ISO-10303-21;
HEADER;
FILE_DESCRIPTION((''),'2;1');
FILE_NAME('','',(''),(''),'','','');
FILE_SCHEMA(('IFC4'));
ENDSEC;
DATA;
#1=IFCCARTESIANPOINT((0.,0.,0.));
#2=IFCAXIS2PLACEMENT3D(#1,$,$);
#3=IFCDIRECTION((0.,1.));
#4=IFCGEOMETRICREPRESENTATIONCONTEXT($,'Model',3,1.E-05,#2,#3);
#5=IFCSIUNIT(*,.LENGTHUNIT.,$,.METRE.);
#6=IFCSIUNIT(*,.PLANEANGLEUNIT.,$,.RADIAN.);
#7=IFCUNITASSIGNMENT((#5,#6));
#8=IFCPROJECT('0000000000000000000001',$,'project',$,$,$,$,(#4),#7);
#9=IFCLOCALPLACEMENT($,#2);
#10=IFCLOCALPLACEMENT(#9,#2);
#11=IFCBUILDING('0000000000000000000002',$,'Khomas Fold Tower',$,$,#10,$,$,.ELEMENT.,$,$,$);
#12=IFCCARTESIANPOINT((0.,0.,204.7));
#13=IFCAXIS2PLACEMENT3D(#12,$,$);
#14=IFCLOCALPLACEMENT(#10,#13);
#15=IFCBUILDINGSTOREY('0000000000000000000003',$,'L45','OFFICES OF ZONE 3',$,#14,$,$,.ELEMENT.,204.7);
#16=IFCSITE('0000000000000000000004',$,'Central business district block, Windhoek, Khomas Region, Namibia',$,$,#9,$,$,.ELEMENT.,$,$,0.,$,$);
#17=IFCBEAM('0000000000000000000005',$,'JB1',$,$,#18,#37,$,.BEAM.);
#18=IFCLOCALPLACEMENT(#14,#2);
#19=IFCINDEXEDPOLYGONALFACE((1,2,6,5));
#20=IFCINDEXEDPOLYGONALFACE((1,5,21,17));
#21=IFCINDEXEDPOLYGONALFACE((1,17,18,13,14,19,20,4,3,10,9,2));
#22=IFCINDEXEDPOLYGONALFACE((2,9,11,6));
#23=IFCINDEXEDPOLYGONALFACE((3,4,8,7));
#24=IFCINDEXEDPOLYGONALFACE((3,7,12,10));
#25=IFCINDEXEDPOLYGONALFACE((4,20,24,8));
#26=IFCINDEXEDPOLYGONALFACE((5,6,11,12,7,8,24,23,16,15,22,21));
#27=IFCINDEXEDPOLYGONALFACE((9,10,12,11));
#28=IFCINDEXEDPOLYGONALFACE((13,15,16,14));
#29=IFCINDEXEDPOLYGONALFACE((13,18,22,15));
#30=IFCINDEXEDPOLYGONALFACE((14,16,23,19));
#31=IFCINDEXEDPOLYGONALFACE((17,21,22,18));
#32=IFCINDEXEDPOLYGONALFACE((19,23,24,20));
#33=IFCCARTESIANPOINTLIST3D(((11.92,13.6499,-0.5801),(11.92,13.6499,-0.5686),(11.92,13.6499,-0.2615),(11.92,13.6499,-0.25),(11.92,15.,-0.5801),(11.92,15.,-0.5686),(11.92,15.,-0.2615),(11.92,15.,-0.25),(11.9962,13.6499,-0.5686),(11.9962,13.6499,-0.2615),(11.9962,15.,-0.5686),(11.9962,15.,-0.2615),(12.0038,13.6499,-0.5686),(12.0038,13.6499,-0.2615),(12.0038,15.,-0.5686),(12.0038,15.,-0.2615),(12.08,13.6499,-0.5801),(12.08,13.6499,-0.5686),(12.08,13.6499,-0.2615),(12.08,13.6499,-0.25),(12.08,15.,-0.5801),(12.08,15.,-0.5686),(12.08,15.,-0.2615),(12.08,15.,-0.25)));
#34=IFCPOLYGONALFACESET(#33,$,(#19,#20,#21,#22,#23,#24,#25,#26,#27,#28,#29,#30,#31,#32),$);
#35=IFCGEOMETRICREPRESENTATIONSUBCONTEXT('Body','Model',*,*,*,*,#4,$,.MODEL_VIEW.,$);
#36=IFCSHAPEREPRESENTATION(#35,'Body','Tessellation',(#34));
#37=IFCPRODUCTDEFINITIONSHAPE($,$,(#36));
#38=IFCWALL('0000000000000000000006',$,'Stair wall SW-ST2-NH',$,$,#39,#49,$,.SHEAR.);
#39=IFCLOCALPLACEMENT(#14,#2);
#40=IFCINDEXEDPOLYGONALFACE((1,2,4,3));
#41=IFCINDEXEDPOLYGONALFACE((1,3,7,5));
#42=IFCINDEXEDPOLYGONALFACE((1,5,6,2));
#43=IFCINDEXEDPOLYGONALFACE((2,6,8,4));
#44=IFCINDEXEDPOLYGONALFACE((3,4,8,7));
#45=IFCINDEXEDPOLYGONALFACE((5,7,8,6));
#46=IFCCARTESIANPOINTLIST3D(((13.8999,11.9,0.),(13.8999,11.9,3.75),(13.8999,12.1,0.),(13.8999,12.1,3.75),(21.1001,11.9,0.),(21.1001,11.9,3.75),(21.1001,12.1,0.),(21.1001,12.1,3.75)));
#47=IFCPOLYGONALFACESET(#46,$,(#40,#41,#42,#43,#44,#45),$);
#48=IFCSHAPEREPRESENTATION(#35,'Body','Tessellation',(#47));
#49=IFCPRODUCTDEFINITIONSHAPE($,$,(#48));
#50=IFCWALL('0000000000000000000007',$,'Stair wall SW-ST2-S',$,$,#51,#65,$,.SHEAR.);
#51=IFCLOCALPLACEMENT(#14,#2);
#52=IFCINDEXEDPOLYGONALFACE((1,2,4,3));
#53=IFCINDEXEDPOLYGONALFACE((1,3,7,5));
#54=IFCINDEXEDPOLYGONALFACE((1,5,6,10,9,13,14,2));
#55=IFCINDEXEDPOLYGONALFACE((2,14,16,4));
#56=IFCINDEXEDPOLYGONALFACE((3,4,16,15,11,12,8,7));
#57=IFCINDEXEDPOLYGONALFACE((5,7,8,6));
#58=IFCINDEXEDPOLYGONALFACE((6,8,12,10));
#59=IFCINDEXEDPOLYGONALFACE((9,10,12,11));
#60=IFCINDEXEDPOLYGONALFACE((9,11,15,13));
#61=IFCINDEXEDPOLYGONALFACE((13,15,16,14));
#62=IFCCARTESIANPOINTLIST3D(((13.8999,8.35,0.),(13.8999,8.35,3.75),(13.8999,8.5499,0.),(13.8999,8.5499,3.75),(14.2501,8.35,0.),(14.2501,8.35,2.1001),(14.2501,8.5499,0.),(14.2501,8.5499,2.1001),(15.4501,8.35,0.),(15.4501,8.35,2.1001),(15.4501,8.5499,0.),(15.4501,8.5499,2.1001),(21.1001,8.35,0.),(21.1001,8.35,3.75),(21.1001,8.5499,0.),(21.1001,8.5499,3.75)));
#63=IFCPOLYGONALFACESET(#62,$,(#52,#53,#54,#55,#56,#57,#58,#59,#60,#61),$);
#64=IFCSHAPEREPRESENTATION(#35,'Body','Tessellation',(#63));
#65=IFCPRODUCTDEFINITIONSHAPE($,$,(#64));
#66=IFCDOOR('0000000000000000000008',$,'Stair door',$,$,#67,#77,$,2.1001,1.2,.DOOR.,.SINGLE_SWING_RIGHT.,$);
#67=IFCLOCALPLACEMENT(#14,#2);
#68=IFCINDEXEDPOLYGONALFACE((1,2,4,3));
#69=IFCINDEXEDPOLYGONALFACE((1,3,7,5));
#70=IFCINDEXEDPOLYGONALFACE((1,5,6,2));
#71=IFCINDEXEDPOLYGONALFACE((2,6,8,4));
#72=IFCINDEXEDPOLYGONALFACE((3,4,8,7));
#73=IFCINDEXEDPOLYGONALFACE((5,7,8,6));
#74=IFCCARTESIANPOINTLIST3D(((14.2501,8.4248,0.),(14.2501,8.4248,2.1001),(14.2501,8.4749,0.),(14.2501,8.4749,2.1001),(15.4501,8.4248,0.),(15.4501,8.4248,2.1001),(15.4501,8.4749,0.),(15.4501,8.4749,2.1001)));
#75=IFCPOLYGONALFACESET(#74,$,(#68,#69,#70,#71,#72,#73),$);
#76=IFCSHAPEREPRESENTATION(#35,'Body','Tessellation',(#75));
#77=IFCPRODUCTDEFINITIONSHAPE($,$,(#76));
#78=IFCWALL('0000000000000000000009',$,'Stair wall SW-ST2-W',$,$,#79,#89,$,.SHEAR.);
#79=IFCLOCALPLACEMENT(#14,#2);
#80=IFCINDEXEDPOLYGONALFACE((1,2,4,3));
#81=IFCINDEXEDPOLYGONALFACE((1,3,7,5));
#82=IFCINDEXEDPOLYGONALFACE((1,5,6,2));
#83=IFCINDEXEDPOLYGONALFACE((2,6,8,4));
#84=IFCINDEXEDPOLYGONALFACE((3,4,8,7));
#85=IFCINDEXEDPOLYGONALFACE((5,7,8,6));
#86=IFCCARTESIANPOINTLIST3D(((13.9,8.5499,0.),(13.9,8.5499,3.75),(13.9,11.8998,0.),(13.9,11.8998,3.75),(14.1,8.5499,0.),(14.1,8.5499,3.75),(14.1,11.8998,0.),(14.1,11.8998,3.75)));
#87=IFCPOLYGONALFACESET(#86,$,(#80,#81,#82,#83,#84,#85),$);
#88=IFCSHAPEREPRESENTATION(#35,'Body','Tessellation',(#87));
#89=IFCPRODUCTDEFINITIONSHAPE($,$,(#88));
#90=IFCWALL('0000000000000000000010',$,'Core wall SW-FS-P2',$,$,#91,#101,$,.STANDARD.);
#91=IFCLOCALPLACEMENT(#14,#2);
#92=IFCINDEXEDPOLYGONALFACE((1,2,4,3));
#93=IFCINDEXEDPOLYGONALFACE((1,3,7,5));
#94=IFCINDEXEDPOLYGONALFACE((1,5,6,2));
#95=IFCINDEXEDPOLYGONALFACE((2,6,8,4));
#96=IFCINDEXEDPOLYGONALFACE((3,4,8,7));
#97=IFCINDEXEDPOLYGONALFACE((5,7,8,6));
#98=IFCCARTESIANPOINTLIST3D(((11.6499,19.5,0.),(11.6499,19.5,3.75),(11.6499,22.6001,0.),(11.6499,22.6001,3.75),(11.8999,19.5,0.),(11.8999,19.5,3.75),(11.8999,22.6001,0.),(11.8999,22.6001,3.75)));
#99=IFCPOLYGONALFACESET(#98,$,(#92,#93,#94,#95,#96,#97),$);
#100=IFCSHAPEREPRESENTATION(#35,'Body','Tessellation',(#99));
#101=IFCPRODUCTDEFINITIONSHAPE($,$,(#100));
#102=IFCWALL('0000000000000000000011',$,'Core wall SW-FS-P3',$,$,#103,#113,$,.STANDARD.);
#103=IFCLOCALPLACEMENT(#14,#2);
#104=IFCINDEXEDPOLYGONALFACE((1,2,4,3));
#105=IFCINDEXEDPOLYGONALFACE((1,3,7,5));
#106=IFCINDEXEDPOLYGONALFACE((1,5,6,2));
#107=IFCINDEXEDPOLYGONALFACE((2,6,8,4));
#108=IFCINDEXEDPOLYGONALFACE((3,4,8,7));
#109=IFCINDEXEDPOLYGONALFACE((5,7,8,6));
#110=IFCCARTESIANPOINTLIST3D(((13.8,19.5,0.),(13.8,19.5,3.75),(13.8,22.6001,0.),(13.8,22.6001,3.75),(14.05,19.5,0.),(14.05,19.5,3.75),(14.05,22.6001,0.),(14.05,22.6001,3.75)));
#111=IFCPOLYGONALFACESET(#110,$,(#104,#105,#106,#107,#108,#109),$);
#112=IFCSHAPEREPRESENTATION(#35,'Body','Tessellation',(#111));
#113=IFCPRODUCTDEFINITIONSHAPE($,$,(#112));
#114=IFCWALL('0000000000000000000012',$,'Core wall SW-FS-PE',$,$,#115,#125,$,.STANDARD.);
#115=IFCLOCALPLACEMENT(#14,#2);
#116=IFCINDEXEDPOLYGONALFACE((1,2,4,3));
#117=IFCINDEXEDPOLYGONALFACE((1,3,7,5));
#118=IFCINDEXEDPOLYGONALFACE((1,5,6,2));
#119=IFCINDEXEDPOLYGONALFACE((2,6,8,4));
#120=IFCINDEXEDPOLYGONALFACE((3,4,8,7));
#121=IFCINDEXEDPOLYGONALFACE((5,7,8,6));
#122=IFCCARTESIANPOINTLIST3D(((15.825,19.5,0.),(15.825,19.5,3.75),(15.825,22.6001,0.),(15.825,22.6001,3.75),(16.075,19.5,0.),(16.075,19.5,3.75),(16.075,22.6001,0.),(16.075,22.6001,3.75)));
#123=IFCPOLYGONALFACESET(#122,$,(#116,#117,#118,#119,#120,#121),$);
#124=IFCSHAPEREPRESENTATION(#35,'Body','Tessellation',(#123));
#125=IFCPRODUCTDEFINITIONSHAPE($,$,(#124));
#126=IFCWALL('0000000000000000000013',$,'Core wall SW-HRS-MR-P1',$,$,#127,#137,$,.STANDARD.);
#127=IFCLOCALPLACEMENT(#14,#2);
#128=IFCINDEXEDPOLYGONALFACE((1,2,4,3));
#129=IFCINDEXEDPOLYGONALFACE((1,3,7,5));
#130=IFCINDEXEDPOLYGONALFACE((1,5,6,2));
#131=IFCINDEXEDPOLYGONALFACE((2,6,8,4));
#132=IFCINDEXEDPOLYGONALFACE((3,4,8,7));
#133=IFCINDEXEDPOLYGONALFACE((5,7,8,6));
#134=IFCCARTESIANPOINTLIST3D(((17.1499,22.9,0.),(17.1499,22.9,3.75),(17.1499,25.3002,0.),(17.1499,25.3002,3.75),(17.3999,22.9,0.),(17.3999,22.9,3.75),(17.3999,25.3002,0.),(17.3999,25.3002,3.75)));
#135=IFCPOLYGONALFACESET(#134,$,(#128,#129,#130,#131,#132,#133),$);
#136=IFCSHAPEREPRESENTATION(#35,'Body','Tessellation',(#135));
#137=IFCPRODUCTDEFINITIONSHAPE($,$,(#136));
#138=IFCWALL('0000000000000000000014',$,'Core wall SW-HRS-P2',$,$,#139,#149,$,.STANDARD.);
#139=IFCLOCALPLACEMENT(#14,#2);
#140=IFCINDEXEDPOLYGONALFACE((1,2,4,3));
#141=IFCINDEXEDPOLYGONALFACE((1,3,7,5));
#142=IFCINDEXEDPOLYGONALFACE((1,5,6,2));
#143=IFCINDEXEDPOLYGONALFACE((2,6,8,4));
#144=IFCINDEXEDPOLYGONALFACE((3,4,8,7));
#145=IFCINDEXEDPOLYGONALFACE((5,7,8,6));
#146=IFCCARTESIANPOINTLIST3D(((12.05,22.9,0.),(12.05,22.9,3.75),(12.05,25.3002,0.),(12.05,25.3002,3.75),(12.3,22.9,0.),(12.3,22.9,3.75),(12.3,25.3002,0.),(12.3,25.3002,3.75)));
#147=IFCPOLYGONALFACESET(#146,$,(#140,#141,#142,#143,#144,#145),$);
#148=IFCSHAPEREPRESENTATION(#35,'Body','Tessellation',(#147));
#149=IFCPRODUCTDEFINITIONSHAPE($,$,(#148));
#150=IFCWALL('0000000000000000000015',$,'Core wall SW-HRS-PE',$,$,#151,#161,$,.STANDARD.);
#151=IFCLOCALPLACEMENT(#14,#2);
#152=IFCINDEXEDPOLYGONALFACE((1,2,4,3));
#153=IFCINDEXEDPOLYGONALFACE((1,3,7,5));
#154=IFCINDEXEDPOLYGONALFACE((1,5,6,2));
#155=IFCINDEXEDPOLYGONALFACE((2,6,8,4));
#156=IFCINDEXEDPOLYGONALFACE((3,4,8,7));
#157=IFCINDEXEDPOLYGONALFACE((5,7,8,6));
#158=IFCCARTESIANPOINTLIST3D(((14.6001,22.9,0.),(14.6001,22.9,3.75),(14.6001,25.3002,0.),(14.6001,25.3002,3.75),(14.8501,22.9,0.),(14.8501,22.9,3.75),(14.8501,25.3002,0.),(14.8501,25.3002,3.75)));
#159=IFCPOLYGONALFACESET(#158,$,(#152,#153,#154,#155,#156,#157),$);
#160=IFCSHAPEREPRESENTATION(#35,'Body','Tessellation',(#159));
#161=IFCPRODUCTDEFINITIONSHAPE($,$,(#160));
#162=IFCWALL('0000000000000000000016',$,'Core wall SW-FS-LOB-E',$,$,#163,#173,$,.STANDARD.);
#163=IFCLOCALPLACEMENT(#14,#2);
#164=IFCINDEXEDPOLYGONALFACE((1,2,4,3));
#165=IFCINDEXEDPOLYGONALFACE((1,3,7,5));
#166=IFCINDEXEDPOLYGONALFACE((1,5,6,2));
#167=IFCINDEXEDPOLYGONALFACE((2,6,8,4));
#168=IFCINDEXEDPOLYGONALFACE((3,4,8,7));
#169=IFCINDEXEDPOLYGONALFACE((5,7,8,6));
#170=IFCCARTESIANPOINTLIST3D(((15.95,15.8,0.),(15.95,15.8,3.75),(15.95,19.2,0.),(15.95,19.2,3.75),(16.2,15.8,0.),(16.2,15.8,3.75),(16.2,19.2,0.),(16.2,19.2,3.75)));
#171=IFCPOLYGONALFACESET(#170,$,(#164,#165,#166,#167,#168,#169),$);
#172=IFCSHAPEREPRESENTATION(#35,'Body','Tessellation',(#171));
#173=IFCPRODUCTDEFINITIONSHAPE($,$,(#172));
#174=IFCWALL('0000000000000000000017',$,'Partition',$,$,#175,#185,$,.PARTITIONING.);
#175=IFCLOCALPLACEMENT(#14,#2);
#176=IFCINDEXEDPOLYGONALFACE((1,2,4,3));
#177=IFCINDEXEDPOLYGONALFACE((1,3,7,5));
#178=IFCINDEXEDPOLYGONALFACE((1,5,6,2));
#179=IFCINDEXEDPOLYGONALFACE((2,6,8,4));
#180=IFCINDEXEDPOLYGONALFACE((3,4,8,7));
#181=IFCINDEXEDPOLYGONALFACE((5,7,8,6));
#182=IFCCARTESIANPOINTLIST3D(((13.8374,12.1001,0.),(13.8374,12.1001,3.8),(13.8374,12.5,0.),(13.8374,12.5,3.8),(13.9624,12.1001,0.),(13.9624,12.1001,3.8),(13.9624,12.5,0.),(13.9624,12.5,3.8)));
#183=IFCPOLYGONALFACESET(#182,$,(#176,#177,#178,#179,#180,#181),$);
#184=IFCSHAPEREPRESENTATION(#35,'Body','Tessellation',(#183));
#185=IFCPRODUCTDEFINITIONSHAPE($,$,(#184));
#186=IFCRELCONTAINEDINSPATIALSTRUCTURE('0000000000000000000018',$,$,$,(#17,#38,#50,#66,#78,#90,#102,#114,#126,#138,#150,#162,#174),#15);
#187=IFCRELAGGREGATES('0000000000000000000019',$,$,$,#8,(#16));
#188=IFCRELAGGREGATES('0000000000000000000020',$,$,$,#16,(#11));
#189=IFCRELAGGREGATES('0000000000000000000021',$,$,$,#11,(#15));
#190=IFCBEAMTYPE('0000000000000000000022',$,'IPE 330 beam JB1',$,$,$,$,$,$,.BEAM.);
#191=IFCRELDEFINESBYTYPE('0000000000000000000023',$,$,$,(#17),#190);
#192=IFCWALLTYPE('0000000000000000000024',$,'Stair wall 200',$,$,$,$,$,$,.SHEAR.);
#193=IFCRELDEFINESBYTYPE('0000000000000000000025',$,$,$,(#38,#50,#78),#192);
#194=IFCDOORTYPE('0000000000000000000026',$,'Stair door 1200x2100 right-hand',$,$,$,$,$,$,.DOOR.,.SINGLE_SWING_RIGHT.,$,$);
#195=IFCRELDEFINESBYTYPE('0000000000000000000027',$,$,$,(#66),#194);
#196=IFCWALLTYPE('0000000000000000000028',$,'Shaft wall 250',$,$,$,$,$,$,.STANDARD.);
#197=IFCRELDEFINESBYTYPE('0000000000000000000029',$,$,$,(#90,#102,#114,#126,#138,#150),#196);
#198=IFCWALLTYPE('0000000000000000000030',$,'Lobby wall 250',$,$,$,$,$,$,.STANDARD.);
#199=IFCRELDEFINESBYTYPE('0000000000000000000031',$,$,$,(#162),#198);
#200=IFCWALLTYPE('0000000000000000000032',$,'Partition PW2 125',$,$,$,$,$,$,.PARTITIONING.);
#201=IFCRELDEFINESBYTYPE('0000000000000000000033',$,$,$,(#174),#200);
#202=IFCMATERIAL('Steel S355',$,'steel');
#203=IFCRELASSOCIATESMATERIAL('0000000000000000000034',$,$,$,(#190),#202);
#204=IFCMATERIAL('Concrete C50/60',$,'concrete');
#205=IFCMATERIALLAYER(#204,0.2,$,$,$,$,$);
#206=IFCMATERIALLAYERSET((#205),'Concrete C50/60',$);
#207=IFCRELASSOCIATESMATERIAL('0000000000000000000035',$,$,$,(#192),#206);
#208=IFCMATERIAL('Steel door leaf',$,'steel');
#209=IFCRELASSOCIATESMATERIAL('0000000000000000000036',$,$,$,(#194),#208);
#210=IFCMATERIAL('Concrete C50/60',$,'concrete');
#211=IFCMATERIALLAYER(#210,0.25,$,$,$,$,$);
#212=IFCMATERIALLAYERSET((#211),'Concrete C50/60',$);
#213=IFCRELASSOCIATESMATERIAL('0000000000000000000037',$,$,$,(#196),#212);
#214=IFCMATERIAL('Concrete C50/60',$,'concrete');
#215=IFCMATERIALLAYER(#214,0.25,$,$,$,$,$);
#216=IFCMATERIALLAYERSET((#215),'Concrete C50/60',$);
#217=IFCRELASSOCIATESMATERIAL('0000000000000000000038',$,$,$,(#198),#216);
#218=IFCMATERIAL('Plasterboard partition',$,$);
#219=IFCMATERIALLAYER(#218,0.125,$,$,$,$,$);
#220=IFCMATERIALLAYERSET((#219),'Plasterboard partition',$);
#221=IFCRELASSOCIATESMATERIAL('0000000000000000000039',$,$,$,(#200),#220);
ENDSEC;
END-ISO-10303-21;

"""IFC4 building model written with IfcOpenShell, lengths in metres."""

from ifc_helpers import new_model, si_unit, direction, frame, frame_2d, origin, origin_2d, place, context, subcontext, project, spatial, rectangle, i_section, extrude, source, transform, mapped, material, layer, layer_set, material_profile, profile_set, type_object, element, fill, save


model = new_model("IFC4")

# Units and contexts
model_context = context("Model", 3, precision=1e-05, world=origin(), true_north=direction((0.0, 1.0)))
body_context = subcontext(model_context, "Body", "Model", "MODEL_VIEW")
ifc_project = project(units=[si_unit("LENGTHUNIT", "METRE"), si_unit("PLANEANGLEUNIT", "RADIAN")], contexts=[model_context])

# Site, building, storey
site_placement = place(None, origin())
site = spatial("IfcSite", under=ifc_project, at=site_placement, Name="Central business district block, Windhoek, Khomas Region, Namibia", CompositionType="ELEMENT", RefElevation=0.0)
building_placement = place(site_placement, origin())
building = spatial("IfcBuilding", under=site, at=building_placement, Name="Khomas Fold Tower", CompositionType="ELEMENT")
storey_placement = place(building_placement, frame((0.0, 0.0, 204.7)))
storey = spatial("IfcBuildingStorey", under=building, at=storey_placement, Name="L45", Description="OFFICES OF ZONE 3", CompositionType="ELEMENT", Elevation=204.7)

# Beam
ifc_material_1 = material(Name="Steel S355", Category="steel")
ifc_material_profile = material_profile(ifc_material_1, i_section(OverallWidth=0.1599, OverallDepth=0.3301, WebThickness=0.0076, FlangeThickness=0.0115, at=origin_2d()), Name="IPE 330")
ifc_profile_set = profile_set([ifc_material_profile], Name="Steel S355")
beam_type = type_object("IfcBeamType", Name="IPE 330 beam JB1", PredefinedType="BEAM", material=ifc_profile_set)
shared_shape_1 = source(origin(), body_context, "Body", "SweptSolid", [
    extrude(i_section(OverallWidth=0.1599, OverallDepth=0.3301, WebThickness=0.0076, FlangeThickness=0.0115, at=origin_2d()), origin(), (0.0, 0.0, 1.0), 1.3501),
])
beam_placement = place(storey_placement, frame((12.0, 13.6499, -0.415), z_axis=(0.0, 1.0, 0.0), x_axis=(-1.0, 0.0, 0.0)))
element("IfcBeam", 1, at=beam_placement, inside=storey, type_object=beam_type, Name="JB1", PredefinedType="BEAM", context=body_context, shape_type="MappedRepresentation", body=[
    mapped(shared_shape_1, transform((0.0, 0.0, 0.0))),
])

# Wall
ifc_material_2 = material(Name="Concrete C50/60", Category="concrete")
ifc_layer_1 = layer(ifc_material_2, 0.2)
ifc_layer_set_1 = layer_set([ifc_layer_1], Name="Concrete C50/60")
wall_type_1 = type_object("IfcWallType", Name="Stair wall 200", PredefinedType="SHEAR", material=ifc_layer_set_1)
shared_shape_2 = source(origin(), body_context, "Body", "SweptSolid", [
    extrude(rectangle(XDim=7.2002, YDim=0.2, at=frame_2d((3.6001, 0.0))), origin(), (0.0, 0.0, 1.0), 3.75),
])
wall_1_placement = place(storey_placement, frame((13.8999, 12.0, 0.0), z_axis=(0.0, 0.0, 1.0), x_axis=(1.0, 0.0, 0.0)))
element("IfcWall", 2, at=wall_1_placement, inside=storey, type_object=wall_type_1, Name="Stair wall SW-ST2-NH", PredefinedType="SHEAR", context=body_context, shape_type="MappedRepresentation", body=[
    mapped(shared_shape_2, transform((0.0, 0.0, 0.0))),
])

# Wall, opening, door
wall_2_placement = place(storey_placement, frame((13.8999, 8.45, 0.0), z_axis=(0.0, 0.0, 1.0), x_axis=(1.0, 0.0, 0.0)))
wall_2 = element("IfcWall", 3, at=wall_2_placement, inside=storey, type_object=wall_type_1, Name="Stair wall SW-ST2-S", PredefinedType="SHEAR", context=body_context, shape_type="MappedRepresentation", body=[
    mapped(shared_shape_2, transform((0.0, 0.0, 0.0))),
])
shared_shape_3 = source(origin(), body_context, "Body", "SweptSolid", [
    extrude(rectangle(XDim=1.2, YDim=2.1001, at=frame_2d((0.6001, 1.05))), frame((0.0, 0.1099, 0.0), z_axis=(0.0, -1.0, 0.0), x_axis=(1.0, 0.0, 0.0)), (0.0, 0.0, 1.0), 0.22),
])
opening_placement = place(wall_2_placement, frame((0.3501, 0.0, 0.0)))
opening = element("IfcOpeningElement", 4, at=opening_placement, cuts=wall_2, PredefinedType="OPENING", context=body_context, shape_type="MappedRepresentation", body=[
    mapped(shared_shape_3, transform((0.0, 0.0, 0.0))),
])
ifc_material_3 = material(Name="Steel door leaf", Category="steel")
door_type = type_object("IfcDoorType", Name="Stair door 1200x2100 right-hand", OperationType="SINGLE_SWING_RIGHT", PredefinedType="DOOR", material=ifc_material_3)
shared_shape_4 = source(origin(), body_context, "Body", "SweptSolid", [
    extrude(rectangle(XDim=1.2, YDim=2.1001, at=frame_2d((0.6001, 1.05))), frame((0.0, 0.0249, 0.0), z_axis=(0.0, -1.0, 0.0), x_axis=(1.0, 0.0, 0.0)), (0.0, 0.0, 1.0), 0.05),
])
door_placement = place(opening_placement, origin())
door = element("IfcDoor", 5, at=door_placement, inside=storey, type_object=door_type, Name="Stair door", OperationType="SINGLE_SWING_RIGHT", OverallHeight=2.1001, OverallWidth=1.2, PredefinedType="DOOR", context=body_context, shape_type="MappedRepresentation", body=[
    mapped(shared_shape_4, transform((0.0, 0.0, 0.0))),
])
fill(opening, door)

# Walls
shared_shape_5 = source(origin(), body_context, "Body", "SweptSolid", [
    extrude(rectangle(XDim=3.3499, YDim=0.2, at=frame_2d((1.6748, 0.0))), origin(), (0.0, 0.0, 1.0), 3.75),
])
wall_3_placement = place(storey_placement, frame((14.0, 8.55, 0.0), z_axis=(0.0, 0.0, 1.0), x_axis=(0.0, 1.0, 0.0)))
element("IfcWall", 6, at=wall_3_placement, inside=storey, type_object=wall_type_1, Name="Stair wall SW-ST2-W", PredefinedType="SHEAR", context=body_context, shape_type="MappedRepresentation", body=[
    mapped(shared_shape_5, transform((0.0, 0.0, 0.0))),
])
ifc_material_4 = material(Name="Concrete C50/60", Category="concrete")
ifc_layer_2 = layer(ifc_material_4, 0.25)
ifc_layer_set_2 = layer_set([ifc_layer_2], Name="Concrete C50/60")
wall_type_2 = type_object("IfcWallType", Name="Shaft wall 250", PredefinedType="STANDARD", material=ifc_layer_set_2)
shared_shape_6 = source(origin(), body_context, "Body", "SweptSolid", [
    extrude(rectangle(XDim=3.1001, YDim=0.25, at=frame_2d((1.55, 0.0))), origin(), (0.0, 0.0, 1.0), 3.75),
])
for number, where, z_axis, x_axis, name in (
    (7, (11.7749, 19.5, 0.0), (0.0, 0.0, 1.0), (0.0, 1.0, 0.0), "Core wall SW-FS-P2"),
    (8, (13.925, 19.5, 0.0), (0.0, 0.0, 1.0), (0.0, 1.0, 0.0), "Core wall SW-FS-P3"),
    (9, (15.95, 19.5, 0.0), (0.0, 0.0, 1.0), (0.0, 1.0, 0.0), "Core wall SW-FS-PE"),
):
    element("IfcWall", number, at=place(storey_placement, frame(where, z_axis=z_axis, x_axis=x_axis)), inside=storey, type_object=wall_type_2, Name=name, PredefinedType="STANDARD", context=body_context, shape_type="MappedRepresentation", body=[
        mapped(shared_shape_6, transform((0.0, 0.0, 0.0))),
    ])
shared_shape_7 = source(origin(), body_context, "Body", "SweptSolid", [
    extrude(rectangle(XDim=2.4001, YDim=0.25, at=frame_2d((1.2002, 0.0))), origin(), (0.0, 0.0, 1.0), 3.75),
])
for number, where, z_axis, x_axis, name in (
    (10, (17.2749, 22.8999, 0.0), (0.0, 0.0, 1.0), (0.0, 1.0, 0.0), "Core wall SW-HRS-MR-P1"),
    (11, (12.175, 22.8999, 0.0), (0.0, 0.0, 1.0), (0.0, 1.0, 0.0), "Core wall SW-HRS-P2"),
    (12, (14.7251, 22.8999, 0.0), (0.0, 0.0, 1.0), (0.0, 1.0, 0.0), "Core wall SW-HRS-PE"),
):
    element("IfcWall", number, at=place(storey_placement, frame(where, z_axis=z_axis, x_axis=x_axis)), inside=storey, type_object=wall_type_2, Name=name, PredefinedType="STANDARD", context=body_context, shape_type="MappedRepresentation", body=[
        mapped(shared_shape_7, transform((0.0, 0.0, 0.0))),
    ])
ifc_material_5 = material(Name="Concrete C50/60", Category="concrete")
ifc_layer_3 = layer(ifc_material_5, 0.25)
ifc_layer_set_3 = layer_set([ifc_layer_3], Name="Concrete C50/60")
wall_type_3 = type_object("IfcWallType", Name="Lobby wall 250", PredefinedType="STANDARD", material=ifc_layer_set_3)
shared_shape_8 = source(origin(), body_context, "Body", "SweptSolid", [
    extrude(rectangle(XDim=3.3999, YDim=0.25, at=frame_2d((1.7, 0.0))), origin(), (0.0, 0.0, 1.0), 3.75),
])
wall_4_placement = place(storey_placement, frame((16.075, 15.8, 0.0), z_axis=(0.0, 0.0, 1.0), x_axis=(0.0, 1.0, 0.0)))
element("IfcWall", 13, at=wall_4_placement, inside=storey, type_object=wall_type_3, Name="Core wall SW-FS-LOB-E", PredefinedType="STANDARD", context=body_context, shape_type="MappedRepresentation", body=[
    mapped(shared_shape_8, transform((0.0, 0.0, 0.0))),
])
ifc_material_6 = material(Name="Plasterboard partition")
ifc_layer_4 = layer(ifc_material_6, 0.125)
ifc_layer_set_4 = layer_set([ifc_layer_4], Name="Plasterboard partition")
wall_type_4 = type_object("IfcWallType", Name="Partition PW2 125", PredefinedType="PARTITIONING", material=ifc_layer_set_4)
shared_shape_9 = source(origin(), body_context, "Body", "SweptSolid", [
    extrude(rectangle(XDim=0.3999, YDim=0.125, at=frame_2d((0.2, 0.0))), origin(), (0.0, 0.0, 1.0), 3.8),
])
wall_5_placement = place(storey_placement, frame((13.8999, 12.1001, 0.0), z_axis=(0.0, 0.0, 1.0), x_axis=(0.0, 1.0, 0.0)))
element("IfcWall", 14, at=wall_5_placement, inside=storey, type_object=wall_type_4, Name="Partition", PredefinedType="PARTITIONING", context=body_context, shape_type="MappedRepresentation", body=[
    mapped(shared_shape_9, transform((0.0, 0.0, 0.0))),
])

save(model, "model.ifc")
